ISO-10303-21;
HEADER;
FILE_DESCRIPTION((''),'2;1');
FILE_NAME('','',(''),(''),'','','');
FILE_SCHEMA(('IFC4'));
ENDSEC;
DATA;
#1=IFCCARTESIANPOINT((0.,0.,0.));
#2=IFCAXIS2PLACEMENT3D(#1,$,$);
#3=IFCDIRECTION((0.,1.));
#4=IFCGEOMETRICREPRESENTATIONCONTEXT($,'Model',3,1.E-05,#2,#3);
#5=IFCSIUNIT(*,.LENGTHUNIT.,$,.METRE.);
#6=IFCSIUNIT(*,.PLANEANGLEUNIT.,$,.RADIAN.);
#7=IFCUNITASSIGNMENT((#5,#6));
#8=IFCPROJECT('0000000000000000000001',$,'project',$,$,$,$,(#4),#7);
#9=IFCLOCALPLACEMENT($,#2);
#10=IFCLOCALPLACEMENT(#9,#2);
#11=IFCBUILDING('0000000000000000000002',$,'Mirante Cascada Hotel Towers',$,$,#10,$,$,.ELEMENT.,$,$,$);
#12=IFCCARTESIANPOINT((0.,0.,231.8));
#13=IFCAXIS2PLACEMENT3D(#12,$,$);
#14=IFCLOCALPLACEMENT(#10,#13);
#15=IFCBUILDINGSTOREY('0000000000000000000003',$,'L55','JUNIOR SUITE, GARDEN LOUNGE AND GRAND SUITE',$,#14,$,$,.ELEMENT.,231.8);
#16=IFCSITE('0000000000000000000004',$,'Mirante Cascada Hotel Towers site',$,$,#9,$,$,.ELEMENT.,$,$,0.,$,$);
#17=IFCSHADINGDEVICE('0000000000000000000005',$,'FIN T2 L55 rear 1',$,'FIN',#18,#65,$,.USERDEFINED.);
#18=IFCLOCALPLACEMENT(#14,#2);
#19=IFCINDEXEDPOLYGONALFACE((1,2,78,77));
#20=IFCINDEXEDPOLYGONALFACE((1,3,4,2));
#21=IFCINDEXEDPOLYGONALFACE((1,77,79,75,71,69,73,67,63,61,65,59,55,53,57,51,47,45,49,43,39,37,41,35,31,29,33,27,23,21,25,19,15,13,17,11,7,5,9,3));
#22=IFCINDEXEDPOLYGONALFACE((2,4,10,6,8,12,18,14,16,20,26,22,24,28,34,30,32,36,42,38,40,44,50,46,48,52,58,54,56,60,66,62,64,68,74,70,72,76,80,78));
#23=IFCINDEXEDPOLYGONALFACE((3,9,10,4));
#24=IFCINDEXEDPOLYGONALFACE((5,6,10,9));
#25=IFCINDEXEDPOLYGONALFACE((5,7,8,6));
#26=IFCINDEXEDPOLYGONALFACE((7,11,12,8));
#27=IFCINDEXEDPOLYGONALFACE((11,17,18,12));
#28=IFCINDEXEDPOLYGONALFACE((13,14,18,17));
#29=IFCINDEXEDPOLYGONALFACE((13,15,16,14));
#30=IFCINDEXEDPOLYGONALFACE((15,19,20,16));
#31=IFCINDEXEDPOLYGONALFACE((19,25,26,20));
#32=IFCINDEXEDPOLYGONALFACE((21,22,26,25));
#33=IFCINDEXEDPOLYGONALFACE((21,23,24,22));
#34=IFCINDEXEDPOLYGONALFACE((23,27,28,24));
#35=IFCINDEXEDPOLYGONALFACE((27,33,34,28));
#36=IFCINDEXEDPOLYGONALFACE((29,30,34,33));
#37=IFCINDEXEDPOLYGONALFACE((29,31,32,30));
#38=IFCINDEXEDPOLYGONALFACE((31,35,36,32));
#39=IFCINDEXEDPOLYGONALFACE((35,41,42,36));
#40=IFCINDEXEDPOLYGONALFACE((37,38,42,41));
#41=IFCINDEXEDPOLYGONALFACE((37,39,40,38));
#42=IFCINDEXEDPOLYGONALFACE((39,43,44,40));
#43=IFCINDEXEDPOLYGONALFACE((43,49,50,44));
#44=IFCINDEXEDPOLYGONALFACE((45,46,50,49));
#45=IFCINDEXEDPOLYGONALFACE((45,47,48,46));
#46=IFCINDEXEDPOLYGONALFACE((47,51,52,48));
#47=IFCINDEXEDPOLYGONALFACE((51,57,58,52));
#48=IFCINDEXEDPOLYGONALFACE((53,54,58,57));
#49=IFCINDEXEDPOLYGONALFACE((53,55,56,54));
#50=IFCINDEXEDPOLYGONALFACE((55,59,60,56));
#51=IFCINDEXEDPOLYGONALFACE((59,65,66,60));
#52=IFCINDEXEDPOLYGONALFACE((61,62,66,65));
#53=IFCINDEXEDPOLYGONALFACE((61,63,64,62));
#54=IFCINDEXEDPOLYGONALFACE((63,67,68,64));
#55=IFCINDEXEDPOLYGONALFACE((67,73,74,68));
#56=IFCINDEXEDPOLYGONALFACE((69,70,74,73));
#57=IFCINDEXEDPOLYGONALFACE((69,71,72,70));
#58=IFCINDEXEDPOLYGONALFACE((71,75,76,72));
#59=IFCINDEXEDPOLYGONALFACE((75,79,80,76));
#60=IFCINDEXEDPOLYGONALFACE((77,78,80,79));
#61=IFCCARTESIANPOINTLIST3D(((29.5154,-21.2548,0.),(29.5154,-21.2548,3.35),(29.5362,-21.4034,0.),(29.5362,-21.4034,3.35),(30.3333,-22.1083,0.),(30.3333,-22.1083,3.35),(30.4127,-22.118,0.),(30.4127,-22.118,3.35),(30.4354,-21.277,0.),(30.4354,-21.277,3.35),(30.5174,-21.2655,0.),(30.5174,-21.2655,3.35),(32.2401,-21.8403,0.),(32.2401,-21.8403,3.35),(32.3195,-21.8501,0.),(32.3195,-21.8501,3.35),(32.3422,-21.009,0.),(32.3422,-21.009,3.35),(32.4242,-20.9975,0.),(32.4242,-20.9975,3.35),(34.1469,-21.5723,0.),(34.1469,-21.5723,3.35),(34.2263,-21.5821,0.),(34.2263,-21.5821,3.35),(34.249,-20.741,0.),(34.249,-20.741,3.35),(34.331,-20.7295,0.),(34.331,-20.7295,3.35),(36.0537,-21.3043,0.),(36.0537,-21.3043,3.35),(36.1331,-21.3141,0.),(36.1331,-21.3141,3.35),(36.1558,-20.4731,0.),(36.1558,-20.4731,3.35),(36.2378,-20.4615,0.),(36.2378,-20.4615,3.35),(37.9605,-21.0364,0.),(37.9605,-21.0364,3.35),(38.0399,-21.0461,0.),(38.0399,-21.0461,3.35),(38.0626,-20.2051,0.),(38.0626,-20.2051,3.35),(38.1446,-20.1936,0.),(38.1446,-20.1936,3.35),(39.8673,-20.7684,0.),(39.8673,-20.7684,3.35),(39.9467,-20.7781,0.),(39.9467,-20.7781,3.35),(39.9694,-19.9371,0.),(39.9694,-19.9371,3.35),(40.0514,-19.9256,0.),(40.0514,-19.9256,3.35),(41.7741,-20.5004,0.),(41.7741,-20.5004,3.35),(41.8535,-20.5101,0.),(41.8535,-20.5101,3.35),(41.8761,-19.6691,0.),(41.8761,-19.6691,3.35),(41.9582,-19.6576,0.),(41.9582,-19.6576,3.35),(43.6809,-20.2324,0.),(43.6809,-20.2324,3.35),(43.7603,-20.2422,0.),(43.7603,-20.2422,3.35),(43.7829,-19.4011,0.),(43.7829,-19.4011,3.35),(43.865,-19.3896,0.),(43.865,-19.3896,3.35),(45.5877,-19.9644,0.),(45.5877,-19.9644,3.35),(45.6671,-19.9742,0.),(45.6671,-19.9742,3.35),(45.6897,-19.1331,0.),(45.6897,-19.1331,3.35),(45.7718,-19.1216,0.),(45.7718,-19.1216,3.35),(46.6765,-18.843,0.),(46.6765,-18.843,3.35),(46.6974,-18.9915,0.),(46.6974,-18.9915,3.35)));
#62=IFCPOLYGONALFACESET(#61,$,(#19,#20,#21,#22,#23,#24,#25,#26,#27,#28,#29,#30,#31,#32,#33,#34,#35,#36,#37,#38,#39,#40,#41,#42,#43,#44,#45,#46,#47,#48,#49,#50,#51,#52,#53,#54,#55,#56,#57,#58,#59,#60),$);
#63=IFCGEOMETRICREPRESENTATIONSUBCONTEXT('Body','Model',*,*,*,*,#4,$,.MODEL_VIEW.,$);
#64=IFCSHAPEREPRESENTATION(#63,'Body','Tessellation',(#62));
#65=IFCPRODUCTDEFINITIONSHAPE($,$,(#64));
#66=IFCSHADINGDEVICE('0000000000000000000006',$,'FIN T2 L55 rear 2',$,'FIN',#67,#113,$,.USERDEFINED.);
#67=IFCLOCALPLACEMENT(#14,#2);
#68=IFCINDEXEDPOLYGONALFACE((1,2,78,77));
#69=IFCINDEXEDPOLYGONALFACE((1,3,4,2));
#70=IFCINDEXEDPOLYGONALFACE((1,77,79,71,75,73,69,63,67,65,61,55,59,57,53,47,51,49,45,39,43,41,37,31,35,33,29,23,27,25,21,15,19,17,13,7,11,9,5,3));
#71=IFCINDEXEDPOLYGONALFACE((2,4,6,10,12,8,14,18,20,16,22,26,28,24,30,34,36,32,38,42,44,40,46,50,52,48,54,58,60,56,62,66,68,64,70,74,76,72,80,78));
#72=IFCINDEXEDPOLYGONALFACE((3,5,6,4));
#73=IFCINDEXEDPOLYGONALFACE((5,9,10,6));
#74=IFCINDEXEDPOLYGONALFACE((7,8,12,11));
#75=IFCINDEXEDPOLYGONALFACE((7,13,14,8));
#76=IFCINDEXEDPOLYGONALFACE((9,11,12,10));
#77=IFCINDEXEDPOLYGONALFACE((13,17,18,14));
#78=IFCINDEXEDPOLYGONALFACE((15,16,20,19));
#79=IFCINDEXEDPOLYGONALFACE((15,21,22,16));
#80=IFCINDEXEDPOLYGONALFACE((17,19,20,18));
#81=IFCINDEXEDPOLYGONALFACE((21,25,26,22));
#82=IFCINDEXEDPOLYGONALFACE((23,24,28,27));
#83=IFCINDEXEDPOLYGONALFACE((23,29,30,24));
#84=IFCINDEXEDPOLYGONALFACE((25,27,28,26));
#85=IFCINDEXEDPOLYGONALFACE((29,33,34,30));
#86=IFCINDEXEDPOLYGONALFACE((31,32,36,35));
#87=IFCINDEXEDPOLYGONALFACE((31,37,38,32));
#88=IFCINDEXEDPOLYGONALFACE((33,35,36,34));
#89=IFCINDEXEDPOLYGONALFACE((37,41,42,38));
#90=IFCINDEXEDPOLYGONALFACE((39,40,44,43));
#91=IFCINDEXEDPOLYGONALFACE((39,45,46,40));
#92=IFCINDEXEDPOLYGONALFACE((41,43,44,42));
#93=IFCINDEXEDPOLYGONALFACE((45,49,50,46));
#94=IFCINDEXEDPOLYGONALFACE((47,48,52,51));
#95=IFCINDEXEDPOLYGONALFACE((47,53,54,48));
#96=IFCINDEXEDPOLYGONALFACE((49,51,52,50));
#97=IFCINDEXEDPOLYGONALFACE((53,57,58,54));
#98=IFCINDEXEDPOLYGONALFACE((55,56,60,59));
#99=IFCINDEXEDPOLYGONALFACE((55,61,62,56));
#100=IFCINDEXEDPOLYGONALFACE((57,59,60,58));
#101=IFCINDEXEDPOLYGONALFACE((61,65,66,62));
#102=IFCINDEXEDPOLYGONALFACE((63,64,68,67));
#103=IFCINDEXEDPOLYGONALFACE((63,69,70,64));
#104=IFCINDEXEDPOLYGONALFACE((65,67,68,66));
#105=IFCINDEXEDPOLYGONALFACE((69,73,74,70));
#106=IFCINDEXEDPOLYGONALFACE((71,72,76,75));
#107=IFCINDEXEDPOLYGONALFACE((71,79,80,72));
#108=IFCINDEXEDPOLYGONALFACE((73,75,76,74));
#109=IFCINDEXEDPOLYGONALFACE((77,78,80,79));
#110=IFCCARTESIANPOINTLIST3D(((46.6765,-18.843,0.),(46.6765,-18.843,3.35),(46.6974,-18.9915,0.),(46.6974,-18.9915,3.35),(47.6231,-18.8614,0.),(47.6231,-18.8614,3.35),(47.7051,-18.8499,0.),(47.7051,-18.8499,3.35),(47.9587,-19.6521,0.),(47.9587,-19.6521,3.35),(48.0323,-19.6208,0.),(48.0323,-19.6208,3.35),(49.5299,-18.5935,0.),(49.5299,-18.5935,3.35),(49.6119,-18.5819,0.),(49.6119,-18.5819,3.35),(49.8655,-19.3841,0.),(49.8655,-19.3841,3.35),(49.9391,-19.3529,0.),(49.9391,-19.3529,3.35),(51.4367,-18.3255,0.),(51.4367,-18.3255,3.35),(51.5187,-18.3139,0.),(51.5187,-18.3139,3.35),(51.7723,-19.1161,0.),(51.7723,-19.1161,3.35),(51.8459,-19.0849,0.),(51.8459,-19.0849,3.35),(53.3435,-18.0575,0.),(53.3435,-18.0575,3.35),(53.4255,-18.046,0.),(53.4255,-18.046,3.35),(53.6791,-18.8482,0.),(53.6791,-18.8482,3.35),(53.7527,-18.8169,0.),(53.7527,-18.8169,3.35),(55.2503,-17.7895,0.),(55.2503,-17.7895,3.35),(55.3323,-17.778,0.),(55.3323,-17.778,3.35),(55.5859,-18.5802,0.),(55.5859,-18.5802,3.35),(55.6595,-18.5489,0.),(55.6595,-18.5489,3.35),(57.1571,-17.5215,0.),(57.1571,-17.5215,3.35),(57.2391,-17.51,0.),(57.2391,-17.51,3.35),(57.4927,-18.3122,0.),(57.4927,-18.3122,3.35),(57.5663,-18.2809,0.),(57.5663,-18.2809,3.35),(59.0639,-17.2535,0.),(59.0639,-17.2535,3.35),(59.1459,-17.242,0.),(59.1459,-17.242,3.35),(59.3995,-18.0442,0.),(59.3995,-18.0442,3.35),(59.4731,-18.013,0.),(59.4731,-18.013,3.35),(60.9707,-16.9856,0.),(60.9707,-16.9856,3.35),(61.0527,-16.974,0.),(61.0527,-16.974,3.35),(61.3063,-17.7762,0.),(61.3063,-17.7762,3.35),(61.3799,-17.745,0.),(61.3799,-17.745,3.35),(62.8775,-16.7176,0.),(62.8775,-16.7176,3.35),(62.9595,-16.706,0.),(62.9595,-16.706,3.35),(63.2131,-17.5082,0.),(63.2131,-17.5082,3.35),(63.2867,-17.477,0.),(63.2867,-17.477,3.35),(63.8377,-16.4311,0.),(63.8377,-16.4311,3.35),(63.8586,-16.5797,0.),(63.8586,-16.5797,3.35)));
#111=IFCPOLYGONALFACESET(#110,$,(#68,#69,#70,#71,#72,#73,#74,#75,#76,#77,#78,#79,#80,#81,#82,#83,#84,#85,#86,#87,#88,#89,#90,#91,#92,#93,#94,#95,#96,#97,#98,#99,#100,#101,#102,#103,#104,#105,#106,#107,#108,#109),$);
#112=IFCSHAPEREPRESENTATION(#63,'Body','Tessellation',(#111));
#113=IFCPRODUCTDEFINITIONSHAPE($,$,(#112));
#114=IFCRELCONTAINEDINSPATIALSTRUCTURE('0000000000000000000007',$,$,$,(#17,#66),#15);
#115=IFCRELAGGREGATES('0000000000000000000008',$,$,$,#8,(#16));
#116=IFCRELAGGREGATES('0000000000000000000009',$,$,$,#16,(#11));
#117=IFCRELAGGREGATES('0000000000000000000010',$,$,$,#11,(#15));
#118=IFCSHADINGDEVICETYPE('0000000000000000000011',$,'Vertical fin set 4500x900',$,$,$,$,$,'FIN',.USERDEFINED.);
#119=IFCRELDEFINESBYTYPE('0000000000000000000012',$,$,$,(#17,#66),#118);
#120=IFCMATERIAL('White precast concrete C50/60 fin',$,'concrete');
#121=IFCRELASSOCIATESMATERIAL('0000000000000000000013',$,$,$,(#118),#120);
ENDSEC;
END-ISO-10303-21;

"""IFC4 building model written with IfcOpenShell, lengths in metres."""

from ifc_helpers import new_model, si_unit, direction, frame, origin, place, context, subcontext, project, spatial, polyline, outline, extrude, material, type_object, element, save


model = new_model("IFC4")

# Units and contexts
model_context = context("Model", 3, precision=1e-05, world=origin(), true_north=direction((0.0, 1.0)))
body_context = subcontext(model_context, "Body", "Model", "MODEL_VIEW")
ifc_project = project(units=[si_unit("LENGTHUNIT", "METRE"), si_unit("PLANEANGLEUNIT", "RADIAN")], contexts=[model_context])

# Site, building, storey
site_placement = place(None, origin())
site = spatial("IfcSite", under=ifc_project, at=site_placement, Name="Mirante Cascada Hotel Towers site", CompositionType="ELEMENT", RefElevation=0.0)
building_placement = place(site_placement, origin())
building = spatial("IfcBuilding", under=site, at=building_placement, Name="Mirante Cascada Hotel Towers", CompositionType="ELEMENT")
storey_placement = place(building_placement, frame((0.0, 0.0, 231.8)))
storey = spatial("IfcBuildingStorey", under=building, at=storey_placement, Name="L55", Description="JUNIOR SUITE, GARDEN LOUNGE AND GRAND SUITE", CompositionType="ELEMENT", Elevation=231.8)

# Shading devices
ifc_material_1 = material(Name="White precast concrete C50/60 fin", Category="concrete")
shading_device_type = type_object("IfcShadingDeviceType", Name="Vertical fin set 4500x900", ElementType="FIN", PredefinedType="USERDEFINED", material=ifc_material_1)
shading_device_1_placement = place(storey_placement, origin())
element("IfcShadingDevice", 1, at=shading_device_1_placement, inside=storey, type_object=shading_device_type, Name="FIN T2 L55 rear 1", ObjectType="FIN", PredefinedType="USERDEFINED", context=body_context, shape_type="SweptSolid", body=[
    extrude(outline(polyline([(30.3333, -22.1083), (30.4354, -21.277), (29.5362, -21.4034), (29.5154, -21.2548), (46.6765, -18.843), (46.6974, -18.9915), (45.7718, -19.1216), (45.6671, -19.9742), (45.5877, -19.9644), (45.6897, -19.1331), (43.865, -19.3896), (43.7603, -20.2422), (43.6809, -20.2324), (43.7829, -19.4011), (41.9582, -19.6576), (41.8535, -20.5101), (41.7741, -20.5004), (41.8761, -19.6691), (40.0514, -19.9256), (39.9467, -20.7781), (39.8673, -20.7684), (39.9694, -19.9371), (38.1446, -20.1936), (38.0399, -21.0461), (37.9605, -21.0364), (38.0626, -20.2051), (36.2378, -20.4615), (36.1331, -21.3141), (36.0537, -21.3043), (36.1558, -20.4731), (34.331, -20.7295), (34.2263, -21.5821), (34.1469, -21.5723), (34.249, -20.741), (32.4242, -20.9975), (32.3195, -21.8501), (32.2401, -21.8403), (32.3422, -21.009), (30.5174, -21.2655), (30.4127, -22.118), (30.3333, -22.1083)])), origin(), (0.0, 0.0, 1.0), 3.35),
])
shading_device_2_placement = place(storey_placement, origin())
element("IfcShadingDevice", 2, at=shading_device_2_placement, inside=storey, type_object=shading_device_type, Name="FIN T2 L55 rear 2", ObjectType="FIN", PredefinedType="USERDEFINED", context=body_context, shape_type="SweptSolid", body=[
    extrude(outline(polyline([(47.9587, -19.6521), (47.6231, -18.8614), (46.6974, -18.9915), (46.6765, -18.843), (63.8377, -16.4311), (63.8586, -16.5797), (62.9595, -16.706), (63.2867, -17.477), (63.2131, -17.5082), (62.8775, -16.7176), (61.0527, -16.974), (61.3799, -17.745), (61.3063, -17.7762), (60.9707, -16.9856), (59.1459, -17.242), (59.4731, -18.013), (59.3995, -18.0442), (59.0639, -17.2535), (57.2391, -17.51), (57.5663, -18.2809), (57.4927, -18.3122), (57.1571, -17.5215), (55.3323, -17.778), (55.6595, -18.5489), (55.5859, -18.5802), (55.2503, -17.7895), (53.4255, -18.046), (53.7527, -18.8169), (53.6791, -18.8482), (53.3435, -18.0575), (51.5187, -18.3139), (51.8459, -19.0849), (51.7723, -19.1161), (51.4367, -18.3255), (49.6119, -18.5819), (49.9391, -19.3529), (49.8655, -19.3841), (49.5299, -18.5935), (47.7051, -18.8499), (48.0323, -19.6208), (47.9587, -19.6521)])), origin(), (0.0, 0.0, 1.0), 3.35),
])

save(model, "model.ifc")
